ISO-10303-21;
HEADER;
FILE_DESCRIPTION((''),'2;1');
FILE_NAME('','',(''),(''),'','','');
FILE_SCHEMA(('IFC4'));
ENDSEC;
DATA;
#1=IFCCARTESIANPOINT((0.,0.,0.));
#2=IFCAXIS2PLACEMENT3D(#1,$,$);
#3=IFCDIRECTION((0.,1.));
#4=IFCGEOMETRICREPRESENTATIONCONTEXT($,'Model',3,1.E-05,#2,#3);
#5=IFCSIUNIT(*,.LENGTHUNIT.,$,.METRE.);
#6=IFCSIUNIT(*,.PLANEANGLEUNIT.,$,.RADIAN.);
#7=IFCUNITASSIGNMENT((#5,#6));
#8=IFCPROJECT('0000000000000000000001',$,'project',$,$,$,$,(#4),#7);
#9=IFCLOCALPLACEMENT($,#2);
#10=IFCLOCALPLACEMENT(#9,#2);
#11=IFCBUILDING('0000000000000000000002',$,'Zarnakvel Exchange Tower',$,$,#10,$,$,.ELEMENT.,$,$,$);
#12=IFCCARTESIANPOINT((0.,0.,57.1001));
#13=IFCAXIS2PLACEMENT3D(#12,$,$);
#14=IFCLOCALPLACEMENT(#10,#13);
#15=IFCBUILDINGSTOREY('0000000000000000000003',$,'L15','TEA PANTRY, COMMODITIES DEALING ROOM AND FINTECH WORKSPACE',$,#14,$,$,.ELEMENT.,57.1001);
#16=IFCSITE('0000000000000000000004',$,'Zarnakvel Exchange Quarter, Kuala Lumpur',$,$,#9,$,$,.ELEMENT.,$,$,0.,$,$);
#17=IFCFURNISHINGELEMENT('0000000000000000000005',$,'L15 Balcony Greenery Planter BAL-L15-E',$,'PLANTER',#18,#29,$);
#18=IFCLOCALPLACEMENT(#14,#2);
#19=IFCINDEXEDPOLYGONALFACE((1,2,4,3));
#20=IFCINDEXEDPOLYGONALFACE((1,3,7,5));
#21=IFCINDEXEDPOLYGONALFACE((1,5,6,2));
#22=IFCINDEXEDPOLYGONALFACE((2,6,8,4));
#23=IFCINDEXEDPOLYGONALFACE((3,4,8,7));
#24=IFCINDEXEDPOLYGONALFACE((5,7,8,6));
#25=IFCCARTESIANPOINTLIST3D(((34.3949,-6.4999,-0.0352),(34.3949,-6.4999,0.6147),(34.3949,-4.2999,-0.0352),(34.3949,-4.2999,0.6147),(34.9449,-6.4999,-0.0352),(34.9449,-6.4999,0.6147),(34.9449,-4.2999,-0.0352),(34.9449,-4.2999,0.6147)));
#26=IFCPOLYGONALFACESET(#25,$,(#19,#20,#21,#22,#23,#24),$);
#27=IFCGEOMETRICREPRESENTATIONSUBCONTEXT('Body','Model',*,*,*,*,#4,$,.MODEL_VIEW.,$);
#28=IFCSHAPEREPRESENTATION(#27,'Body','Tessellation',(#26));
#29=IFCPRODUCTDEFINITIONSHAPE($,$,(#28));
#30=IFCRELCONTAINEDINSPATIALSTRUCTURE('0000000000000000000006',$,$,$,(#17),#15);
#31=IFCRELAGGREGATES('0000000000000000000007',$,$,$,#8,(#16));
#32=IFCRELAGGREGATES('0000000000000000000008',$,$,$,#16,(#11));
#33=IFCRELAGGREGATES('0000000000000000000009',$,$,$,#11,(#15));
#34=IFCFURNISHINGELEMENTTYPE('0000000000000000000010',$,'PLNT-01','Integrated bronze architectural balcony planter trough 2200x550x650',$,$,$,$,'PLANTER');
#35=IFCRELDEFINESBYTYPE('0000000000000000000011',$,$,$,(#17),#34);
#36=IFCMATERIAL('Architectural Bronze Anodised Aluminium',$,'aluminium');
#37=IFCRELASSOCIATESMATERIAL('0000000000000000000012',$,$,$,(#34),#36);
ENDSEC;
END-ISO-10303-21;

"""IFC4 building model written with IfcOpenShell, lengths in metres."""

from ifc_helpers import new_model, si_unit, direction, frame, origin, origin_2d, place, context, subcontext, project, spatial, rectangle, extrude, source, transform, mapped, material, type_object, element, save


model = new_model("IFC4")

# Units and contexts
model_context = context("Model", 3, precision=1e-05, world=origin(), true_north=direction((0.0, 1.0)))
body_context = subcontext(model_context, "Body", "Model", "MODEL_VIEW")
ifc_project = project(units=[si_unit("LENGTHUNIT", "METRE"), si_unit("PLANEANGLEUNIT", "RADIAN")], contexts=[model_context])

# Site, building, storey
site_placement = place(None, origin())
site = spatial("IfcSite", under=ifc_project, at=site_placement, Name="Zarnakvel Exchange Quarter, Kuala Lumpur", CompositionType="ELEMENT", RefElevation=0.0)
building_placement = place(site_placement, origin())
building = spatial("IfcBuilding", under=site, at=building_placement, Name="Zarnakvel Exchange Tower", CompositionType="ELEMENT")
storey_placement = place(building_placement, frame((0.0, 0.0, 57.1001)))
storey = spatial("IfcBuildingStorey", under=building, at=storey_placement, Name="L15", Description="TEA PANTRY, COMMODITIES DEALING ROOM AND FINTECH WORKSPACE", CompositionType="ELEMENT", Elevation=57.1001)

# Shared definitions
ifc_material_1 = material(Name="Architectural Bronze Anodised Aluminium", Category="aluminium")

# Furnishing element
furnishing_element_type = type_object("IfcFurnishingElementType", Name="PLNT-01", Description="Integrated bronze architectural balcony planter trough 2200x550x650", ElementType="PLANTER", material=ifc_material_1)
shared_shape_1 = source(origin(), body_context, "Body", "SweptSolid", [
    extrude(rectangle(XDim=2.2, YDim=0.55, at=origin_2d()), origin(), (0.0, 0.0, 1.0), 0.6499),
])
furnishing_placement = place(storey_placement, frame((34.6699, -5.3999, -0.0352), z_axis=(0.0, 0.0, 1.0), x_axis=(0.0, 1.0, 0.0)))
element("IfcFurnishingElement", 1, at=furnishing_placement, inside=storey, type_object=furnishing_element_type, Name="L15 Balcony Greenery Planter BAL-L15-E", ObjectType="PLANTER", context=body_context, shape_type="MappedRepresentation", body=[
    mapped(shared_shape_1, transform((0.0, 0.0, 0.0), x_axis=(1.0, 0.0, 0.0), y_axis=(0.0, 1.0, 0.0), z_axis=(0.0, 0.0, 1.0), scale=1.0)),
])

save(model, "model.ifc")
